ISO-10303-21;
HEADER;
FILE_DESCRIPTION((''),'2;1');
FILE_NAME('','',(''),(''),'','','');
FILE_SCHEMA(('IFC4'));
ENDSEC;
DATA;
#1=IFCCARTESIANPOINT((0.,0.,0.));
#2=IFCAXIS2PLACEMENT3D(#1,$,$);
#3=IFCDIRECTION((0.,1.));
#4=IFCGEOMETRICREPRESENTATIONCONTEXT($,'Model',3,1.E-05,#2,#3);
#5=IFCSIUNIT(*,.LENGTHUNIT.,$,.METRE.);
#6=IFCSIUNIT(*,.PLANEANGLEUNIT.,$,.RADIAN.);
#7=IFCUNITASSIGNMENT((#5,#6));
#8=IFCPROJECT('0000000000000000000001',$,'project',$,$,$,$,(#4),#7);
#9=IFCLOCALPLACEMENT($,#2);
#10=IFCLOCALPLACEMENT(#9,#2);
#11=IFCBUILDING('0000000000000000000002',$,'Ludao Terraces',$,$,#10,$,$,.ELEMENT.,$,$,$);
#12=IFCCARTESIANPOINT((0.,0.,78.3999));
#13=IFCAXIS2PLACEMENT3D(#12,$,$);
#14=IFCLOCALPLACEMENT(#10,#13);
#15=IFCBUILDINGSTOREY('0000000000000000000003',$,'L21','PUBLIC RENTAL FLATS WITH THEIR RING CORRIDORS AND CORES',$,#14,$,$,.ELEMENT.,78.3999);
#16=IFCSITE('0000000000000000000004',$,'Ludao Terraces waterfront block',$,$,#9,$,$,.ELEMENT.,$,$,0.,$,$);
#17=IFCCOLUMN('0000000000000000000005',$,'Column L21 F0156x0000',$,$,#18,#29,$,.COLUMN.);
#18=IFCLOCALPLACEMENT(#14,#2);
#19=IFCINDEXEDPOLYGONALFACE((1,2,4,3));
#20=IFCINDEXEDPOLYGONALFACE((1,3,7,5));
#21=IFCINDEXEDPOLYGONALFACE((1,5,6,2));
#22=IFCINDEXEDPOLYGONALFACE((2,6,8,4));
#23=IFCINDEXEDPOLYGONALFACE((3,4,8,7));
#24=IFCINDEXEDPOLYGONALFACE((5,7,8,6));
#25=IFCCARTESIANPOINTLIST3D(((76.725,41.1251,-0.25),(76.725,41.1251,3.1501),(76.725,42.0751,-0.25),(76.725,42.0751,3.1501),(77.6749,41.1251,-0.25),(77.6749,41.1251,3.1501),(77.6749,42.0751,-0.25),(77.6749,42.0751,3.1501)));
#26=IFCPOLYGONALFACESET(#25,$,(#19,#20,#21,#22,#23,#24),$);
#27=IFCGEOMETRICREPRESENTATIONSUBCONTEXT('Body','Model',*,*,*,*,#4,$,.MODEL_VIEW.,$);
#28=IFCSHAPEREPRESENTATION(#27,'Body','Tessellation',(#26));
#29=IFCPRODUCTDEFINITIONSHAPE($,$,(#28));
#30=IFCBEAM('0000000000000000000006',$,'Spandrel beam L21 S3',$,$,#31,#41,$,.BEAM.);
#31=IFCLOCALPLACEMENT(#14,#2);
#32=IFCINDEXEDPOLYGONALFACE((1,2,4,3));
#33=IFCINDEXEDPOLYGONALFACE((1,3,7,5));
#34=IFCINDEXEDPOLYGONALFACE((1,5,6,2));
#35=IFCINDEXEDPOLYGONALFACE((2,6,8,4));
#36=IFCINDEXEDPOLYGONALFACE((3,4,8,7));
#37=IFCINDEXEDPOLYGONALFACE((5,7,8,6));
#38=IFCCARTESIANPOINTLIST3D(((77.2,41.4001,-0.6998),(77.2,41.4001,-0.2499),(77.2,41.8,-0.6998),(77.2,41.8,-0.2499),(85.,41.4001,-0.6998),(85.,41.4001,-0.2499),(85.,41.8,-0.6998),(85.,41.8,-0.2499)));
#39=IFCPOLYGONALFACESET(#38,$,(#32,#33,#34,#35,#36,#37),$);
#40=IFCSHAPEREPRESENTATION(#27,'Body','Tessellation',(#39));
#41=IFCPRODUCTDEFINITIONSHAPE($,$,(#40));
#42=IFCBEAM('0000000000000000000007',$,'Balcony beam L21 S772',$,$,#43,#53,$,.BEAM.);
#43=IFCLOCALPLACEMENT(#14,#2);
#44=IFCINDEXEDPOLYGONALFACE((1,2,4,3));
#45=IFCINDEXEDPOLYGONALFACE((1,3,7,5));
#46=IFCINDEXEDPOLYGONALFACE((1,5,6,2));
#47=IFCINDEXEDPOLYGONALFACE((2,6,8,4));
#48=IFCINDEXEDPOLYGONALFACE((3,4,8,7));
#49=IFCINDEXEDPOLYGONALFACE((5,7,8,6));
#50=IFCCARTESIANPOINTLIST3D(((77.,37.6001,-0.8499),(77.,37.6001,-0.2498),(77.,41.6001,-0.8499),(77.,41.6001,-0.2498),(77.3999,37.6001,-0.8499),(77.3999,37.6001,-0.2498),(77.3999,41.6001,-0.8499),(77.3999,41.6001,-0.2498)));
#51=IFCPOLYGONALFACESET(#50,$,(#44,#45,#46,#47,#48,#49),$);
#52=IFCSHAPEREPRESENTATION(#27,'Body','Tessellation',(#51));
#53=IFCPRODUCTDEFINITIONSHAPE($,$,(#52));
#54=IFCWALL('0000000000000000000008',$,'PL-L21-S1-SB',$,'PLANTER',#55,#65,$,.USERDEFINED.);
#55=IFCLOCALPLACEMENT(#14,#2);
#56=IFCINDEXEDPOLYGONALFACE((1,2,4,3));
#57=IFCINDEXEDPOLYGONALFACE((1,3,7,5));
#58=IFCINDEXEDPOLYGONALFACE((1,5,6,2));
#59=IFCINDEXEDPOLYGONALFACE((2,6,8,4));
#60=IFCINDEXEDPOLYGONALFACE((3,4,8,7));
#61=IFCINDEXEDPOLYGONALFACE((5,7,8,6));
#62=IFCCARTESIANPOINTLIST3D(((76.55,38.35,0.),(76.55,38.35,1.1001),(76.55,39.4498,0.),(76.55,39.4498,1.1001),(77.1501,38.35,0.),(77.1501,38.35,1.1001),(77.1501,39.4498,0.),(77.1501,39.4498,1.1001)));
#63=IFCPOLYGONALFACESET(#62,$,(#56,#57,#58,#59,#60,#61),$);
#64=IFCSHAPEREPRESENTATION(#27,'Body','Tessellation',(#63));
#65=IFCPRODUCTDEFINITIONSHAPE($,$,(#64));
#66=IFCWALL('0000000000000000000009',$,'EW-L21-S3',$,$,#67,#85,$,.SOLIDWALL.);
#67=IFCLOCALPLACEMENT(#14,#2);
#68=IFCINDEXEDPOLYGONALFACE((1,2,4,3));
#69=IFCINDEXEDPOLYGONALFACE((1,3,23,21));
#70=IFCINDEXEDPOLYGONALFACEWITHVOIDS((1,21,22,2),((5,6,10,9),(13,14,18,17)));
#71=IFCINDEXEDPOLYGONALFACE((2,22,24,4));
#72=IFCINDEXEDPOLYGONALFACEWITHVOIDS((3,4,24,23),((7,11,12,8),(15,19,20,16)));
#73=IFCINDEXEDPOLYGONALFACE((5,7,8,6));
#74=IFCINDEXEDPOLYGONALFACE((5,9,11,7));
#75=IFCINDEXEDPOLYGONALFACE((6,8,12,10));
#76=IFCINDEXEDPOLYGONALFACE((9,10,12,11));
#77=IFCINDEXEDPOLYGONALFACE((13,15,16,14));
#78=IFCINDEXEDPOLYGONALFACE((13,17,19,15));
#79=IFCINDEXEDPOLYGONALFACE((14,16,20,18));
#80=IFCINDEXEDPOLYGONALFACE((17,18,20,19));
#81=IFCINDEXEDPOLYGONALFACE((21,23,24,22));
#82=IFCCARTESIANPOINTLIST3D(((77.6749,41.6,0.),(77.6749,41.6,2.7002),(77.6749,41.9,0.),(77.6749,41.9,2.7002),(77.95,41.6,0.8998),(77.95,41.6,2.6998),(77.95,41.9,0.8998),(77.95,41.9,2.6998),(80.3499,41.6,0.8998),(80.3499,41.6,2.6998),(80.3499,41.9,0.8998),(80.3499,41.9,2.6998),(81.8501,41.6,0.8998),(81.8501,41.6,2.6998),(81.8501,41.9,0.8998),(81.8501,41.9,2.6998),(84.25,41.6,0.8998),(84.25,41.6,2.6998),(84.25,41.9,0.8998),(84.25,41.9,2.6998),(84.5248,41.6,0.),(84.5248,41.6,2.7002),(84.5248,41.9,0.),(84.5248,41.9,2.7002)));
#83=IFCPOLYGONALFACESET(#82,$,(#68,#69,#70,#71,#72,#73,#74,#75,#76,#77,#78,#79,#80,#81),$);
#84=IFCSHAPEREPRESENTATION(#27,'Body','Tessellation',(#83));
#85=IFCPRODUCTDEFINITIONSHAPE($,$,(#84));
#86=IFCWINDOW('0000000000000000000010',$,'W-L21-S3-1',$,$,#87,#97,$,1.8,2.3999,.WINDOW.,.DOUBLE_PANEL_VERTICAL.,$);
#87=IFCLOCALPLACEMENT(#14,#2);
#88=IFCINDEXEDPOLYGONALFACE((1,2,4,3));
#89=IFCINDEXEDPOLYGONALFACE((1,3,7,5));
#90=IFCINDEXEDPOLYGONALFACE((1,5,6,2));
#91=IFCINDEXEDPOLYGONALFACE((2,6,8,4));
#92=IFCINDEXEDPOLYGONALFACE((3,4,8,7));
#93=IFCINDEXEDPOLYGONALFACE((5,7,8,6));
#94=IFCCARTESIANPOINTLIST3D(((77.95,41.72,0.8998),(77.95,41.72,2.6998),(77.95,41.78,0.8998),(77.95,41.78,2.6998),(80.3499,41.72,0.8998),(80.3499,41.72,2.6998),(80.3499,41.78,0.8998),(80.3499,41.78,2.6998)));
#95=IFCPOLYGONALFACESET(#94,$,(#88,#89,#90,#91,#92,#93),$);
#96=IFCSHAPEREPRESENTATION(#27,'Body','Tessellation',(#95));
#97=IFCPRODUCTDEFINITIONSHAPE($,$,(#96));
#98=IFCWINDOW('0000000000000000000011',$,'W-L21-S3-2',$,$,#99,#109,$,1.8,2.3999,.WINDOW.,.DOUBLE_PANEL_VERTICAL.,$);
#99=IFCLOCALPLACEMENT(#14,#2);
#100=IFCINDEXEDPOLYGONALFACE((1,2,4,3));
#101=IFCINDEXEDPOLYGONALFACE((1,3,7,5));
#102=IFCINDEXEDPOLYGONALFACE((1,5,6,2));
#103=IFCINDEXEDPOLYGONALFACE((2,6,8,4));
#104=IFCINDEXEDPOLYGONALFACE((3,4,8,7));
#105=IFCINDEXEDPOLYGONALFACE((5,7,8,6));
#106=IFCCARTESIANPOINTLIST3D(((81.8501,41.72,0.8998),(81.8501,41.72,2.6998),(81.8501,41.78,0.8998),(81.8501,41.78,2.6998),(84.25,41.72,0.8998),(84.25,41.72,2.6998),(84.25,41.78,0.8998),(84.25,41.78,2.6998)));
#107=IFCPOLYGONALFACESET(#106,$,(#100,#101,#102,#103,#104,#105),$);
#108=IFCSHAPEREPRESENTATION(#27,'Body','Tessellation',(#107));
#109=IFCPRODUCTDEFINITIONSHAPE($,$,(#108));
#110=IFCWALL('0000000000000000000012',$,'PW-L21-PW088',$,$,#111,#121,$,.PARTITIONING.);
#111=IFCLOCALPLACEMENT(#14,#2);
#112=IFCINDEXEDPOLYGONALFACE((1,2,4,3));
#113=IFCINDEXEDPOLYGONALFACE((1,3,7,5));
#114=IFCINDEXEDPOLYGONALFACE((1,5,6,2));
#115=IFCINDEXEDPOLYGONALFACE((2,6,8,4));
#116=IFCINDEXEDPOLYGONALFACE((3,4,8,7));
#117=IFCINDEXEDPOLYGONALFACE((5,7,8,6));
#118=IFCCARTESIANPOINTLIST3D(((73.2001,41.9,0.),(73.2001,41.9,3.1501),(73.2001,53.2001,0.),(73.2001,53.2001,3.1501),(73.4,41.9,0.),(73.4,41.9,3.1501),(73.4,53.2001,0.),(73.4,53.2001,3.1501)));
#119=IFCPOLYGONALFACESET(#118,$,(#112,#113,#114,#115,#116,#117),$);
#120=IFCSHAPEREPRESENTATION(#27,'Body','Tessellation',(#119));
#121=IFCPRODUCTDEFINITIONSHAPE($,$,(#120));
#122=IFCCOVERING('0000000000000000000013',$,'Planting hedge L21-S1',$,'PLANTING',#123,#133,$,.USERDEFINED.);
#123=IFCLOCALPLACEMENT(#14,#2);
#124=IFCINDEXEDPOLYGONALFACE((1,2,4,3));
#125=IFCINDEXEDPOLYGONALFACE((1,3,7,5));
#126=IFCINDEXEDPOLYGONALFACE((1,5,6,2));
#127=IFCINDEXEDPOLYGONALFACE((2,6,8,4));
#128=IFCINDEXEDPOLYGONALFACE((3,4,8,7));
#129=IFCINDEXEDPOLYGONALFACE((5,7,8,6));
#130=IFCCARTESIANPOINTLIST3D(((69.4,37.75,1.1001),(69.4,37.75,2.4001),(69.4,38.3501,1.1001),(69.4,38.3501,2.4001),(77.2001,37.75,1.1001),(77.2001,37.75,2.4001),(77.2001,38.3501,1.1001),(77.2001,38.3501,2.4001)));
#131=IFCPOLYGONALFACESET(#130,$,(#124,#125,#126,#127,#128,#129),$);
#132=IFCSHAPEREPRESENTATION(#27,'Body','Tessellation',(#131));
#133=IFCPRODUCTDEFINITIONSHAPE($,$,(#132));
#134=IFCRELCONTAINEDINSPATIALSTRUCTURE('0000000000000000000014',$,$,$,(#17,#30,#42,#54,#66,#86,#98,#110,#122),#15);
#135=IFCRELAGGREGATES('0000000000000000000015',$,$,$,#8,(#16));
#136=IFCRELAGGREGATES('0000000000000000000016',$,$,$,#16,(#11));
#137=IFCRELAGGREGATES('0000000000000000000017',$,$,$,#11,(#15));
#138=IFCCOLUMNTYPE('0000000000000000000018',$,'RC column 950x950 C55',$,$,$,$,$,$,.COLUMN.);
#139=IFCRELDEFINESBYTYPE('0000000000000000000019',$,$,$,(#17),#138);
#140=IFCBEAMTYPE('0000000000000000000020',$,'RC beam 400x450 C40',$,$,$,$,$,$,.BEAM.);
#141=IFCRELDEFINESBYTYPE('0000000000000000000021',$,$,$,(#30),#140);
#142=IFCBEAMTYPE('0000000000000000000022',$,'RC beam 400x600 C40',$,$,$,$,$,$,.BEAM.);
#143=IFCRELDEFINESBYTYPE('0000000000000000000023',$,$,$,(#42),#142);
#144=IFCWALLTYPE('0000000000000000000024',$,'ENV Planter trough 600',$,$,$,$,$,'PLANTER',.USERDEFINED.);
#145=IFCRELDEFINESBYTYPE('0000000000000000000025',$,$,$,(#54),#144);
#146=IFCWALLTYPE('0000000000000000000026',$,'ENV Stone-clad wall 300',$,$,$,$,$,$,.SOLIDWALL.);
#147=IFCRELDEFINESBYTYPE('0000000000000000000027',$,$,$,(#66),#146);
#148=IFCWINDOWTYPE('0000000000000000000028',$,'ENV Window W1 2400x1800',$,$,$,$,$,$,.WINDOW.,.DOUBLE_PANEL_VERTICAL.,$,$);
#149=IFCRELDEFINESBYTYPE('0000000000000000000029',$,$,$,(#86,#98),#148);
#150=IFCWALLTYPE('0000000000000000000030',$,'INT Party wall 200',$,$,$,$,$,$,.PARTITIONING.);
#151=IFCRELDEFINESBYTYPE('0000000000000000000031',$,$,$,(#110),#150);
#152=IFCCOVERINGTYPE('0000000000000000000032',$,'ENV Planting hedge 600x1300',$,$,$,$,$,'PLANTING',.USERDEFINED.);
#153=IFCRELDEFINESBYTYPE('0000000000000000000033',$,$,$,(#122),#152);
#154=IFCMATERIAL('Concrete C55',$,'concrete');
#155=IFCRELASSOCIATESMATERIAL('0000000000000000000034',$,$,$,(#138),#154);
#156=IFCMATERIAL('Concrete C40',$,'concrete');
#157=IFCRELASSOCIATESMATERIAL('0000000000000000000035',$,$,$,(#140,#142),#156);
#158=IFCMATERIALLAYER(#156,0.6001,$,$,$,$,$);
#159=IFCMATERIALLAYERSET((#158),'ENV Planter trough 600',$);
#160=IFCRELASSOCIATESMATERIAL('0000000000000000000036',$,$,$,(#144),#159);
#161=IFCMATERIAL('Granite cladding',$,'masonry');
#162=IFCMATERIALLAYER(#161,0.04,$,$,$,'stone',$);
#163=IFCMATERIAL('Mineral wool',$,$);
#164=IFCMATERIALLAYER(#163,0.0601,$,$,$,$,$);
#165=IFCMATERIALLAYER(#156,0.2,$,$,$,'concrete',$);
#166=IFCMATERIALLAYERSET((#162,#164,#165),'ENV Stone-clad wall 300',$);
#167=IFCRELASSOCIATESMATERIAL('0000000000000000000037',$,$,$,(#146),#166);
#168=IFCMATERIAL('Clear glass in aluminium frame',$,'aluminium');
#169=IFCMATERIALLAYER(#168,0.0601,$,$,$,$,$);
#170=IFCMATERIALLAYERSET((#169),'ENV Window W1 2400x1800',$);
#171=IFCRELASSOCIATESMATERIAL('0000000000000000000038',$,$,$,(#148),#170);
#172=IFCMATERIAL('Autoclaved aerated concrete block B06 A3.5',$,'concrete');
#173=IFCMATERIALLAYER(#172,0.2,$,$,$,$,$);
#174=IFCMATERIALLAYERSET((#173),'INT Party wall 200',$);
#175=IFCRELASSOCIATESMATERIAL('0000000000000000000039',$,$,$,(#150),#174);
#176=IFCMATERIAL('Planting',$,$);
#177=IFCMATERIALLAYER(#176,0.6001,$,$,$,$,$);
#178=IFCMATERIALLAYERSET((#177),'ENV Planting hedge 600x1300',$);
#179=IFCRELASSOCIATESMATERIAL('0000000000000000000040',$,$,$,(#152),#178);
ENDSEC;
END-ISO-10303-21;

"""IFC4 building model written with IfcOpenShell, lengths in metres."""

from ifc_helpers import new_model, si_unit, direction, frame, frame_2d, origin, origin_2d, place, context, subcontext, project, spatial, rectangle, extrude, material, layer, layer_set, material_profile, profile_set, type_object, element, fill, save


model = new_model("IFC4")

# Units and contexts
model_context = context("Model", 3, precision=1e-05, world=origin(), true_north=direction((0.0, 1.0)))
body_context = subcontext(model_context, "Body", "Model", "MODEL_VIEW")
ifc_project = project(units=[si_unit("LENGTHUNIT", "METRE"), si_unit("PLANEANGLEUNIT", "RADIAN")], contexts=[model_context])

# Site, building, storey
site_placement = place(None, origin())
site = spatial("IfcSite", under=ifc_project, at=site_placement, Name="Ludao Terraces waterfront block", CompositionType="ELEMENT", RefElevation=0.0)
building_placement = place(site_placement, origin())
building = spatial("IfcBuilding", under=site, at=building_placement, Name="Ludao Terraces", CompositionType="ELEMENT")
storey_placement = place(building_placement, frame((0.0, 0.0, 78.3999)))
storey = spatial("IfcBuildingStorey", under=building, at=storey_placement, Name="L21", Description="PUBLIC RENTAL FLATS WITH THEIR RING CORRIDORS AND CORES", CompositionType="ELEMENT", Elevation=78.3999)

# Column
ifc_material_1 = material(Name="Concrete C55", Category="concrete")
ifc_material_profile_1 = material_profile(ifc_material_1, rectangle(XDim=0.95, YDim=0.95, at=origin_2d()), Name="950 X 950")
ifc_profile_set_1 = profile_set([ifc_material_profile_1], Name="Concrete C55")
column_type = type_object("IfcColumnType", Name="RC column 950x950 C55", PredefinedType="COLUMN", material=ifc_profile_set_1)
column_placement = place(storey_placement, frame((77.2, 41.6001, -0.25), z_axis=(0.0, 0.0, 1.0), x_axis=(1.0, 0.0, 0.0)))
element("IfcColumn", 1, at=column_placement, inside=storey, type_object=column_type, Name="Column L21 F0156x0000", PredefinedType="COLUMN", context=body_context, shape_type="SweptSolid", body=[
    extrude(rectangle(XDim=0.95, YDim=0.95, at=origin_2d()), origin(), (0.0, 0.0, 1.0), 3.4001),
])

# Beams
ifc_material_2 = material(Name="Concrete C40", Category="concrete")
ifc_material_profile_2 = material_profile(ifc_material_2, rectangle(XDim=0.3999, YDim=0.45, at=origin_2d()), Name="400 X 450")
ifc_profile_set_2 = profile_set([ifc_material_profile_2], Name="Concrete C40")
beam_type_1 = type_object("IfcBeamType", Name="RC beam 400x450 C40", PredefinedType="BEAM", material=ifc_profile_set_2)
beam_1_placement = place(storey_placement, frame((77.2, 41.6001, -0.4749), z_axis=(1.0, 0.0, 0.0), x_axis=(0.0, 1.0, 0.0)))
element("IfcBeam", 2, at=beam_1_placement, inside=storey, type_object=beam_type_1, Name="Spandrel beam L21 S3", PredefinedType="BEAM", context=body_context, shape_type="SweptSolid", body=[
    extrude(rectangle(XDim=0.3999, YDim=0.45, at=origin_2d()), origin(), (0.0, 0.0, 1.0), 7.8),
])
ifc_material_profile_3 = material_profile(ifc_material_2, rectangle(XDim=0.3999, YDim=0.6001, at=origin_2d()), Name="400 X 600")
ifc_profile_set_3 = profile_set([ifc_material_profile_3], Name="Concrete C40")
beam_type_2 = type_object("IfcBeamType", Name="RC beam 400x600 C40", PredefinedType="BEAM", material=ifc_profile_set_3)
beam_2_placement = place(storey_placement, frame((77.2, 41.6001, -0.5498), z_axis=(0.0, -1.0, 0.0), x_axis=(1.0, 0.0, 0.0)))
element("IfcBeam", 3, at=beam_2_placement, inside=storey, type_object=beam_type_2, Name="Balcony beam L21 S772", PredefinedType="BEAM", context=body_context, shape_type="SweptSolid", body=[
    extrude(rectangle(XDim=0.3999, YDim=0.6001, at=origin_2d()), origin(), (0.0, 0.0, 1.0), 4.0),
])

# Wall
ifc_layer_1 = layer(ifc_material_2, 0.6001)
ifc_layer_set_1 = layer_set([ifc_layer_1], Name="ENV Planter trough 600")
wall_type_1 = type_object("IfcWallType", Name="ENV Planter trough 600", ElementType="PLANTER", PredefinedType="USERDEFINED", material=ifc_layer_set_1)
wall_1_placement = place(storey_placement, frame((76.8501, 38.3501, 0.0), z_axis=(0.0, 0.0, 1.0), x_axis=(0.0, 1.0, 0.0)))
element("IfcWall", 4, at=wall_1_placement, inside=storey, type_object=wall_type_1, Name="PL-L21-S1-SB", ObjectType="PLANTER", PredefinedType="USERDEFINED", context=body_context, shape_type="SweptSolid", body=[
    extrude(rectangle(XDim=1.0999, YDim=0.6001, at=frame_2d((0.5498, 0.0))), origin(), (0.0, 0.0, 1.0), 1.1001),
])

# Wall, openings, windows
ifc_material_3 = material(Name="Granite cladding", Category="masonry")
ifc_layer_2 = layer(ifc_material_3, 0.04, Category="stone")
ifc_material_4 = material(Name="Mineral wool")
ifc_layer_3 = layer(ifc_material_4, 0.0601)
ifc_layer_4 = layer(ifc_material_2, 0.2, Category="concrete")
ifc_layer_set_2 = layer_set([ifc_layer_2, ifc_layer_3, ifc_layer_4], Name="ENV Stone-clad wall 300")
wall_type_2 = type_object("IfcWallType", Name="ENV Stone-clad wall 300", PredefinedType="SOLIDWALL", material=ifc_layer_set_2)
wall_2_placement = place(storey_placement, frame((77.675, 41.75, 0.0), z_axis=(0.0, 0.0, 1.0), x_axis=(1.0, 0.0, 0.0)))
wall_2 = element("IfcWall", 5, at=wall_2_placement, inside=storey, type_object=wall_type_2, Name="EW-L21-S3", PredefinedType="SOLIDWALL", context=body_context, shape_type="SweptSolid", body=[
    extrude(rectangle(XDim=6.8499, YDim=0.3, at=frame_2d((3.4248, 0.0))), origin(), (0.0, 0.0, 1.0), 2.7002),
])
opening_1_placement = place(wall_2_placement, frame((0.2749, 0.0, 0.8999)))
opening_1 = element("IfcOpeningElement", 6, at=opening_1_placement, cuts=wall_2, PredefinedType="OPENING", context=body_context, shape_type="SweptSolid", body=[
    extrude(rectangle(XDim=2.3999, YDim=1.8, at=frame_2d((1.2, 0.8999))), frame((0.0, 0.1602, 0.0), z_axis=(0.0, -1.0, 0.0), x_axis=(1.0, 0.0, 0.0)), (0.0, 0.0, 1.0), 0.3201),
])
opening_2_placement = place(wall_2_placement, frame((4.175, 0.0, 0.8999)))
opening_2 = element("IfcOpeningElement", 7, at=opening_2_placement, cuts=wall_2, PredefinedType="OPENING", context=body_context, shape_type="SweptSolid", body=[
    extrude(rectangle(XDim=2.3999, YDim=1.8, at=frame_2d((1.2, 0.8999))), frame((0.0, 0.1602, 0.0), z_axis=(0.0, -1.0, 0.0), x_axis=(1.0, 0.0, 0.0)), (0.0, 0.0, 1.0), 0.3201),
])
ifc_material_5 = material(Name="Clear glass in aluminium frame", Category="aluminium")
ifc_layer_5 = layer(ifc_material_5, 0.0601)
ifc_layer_set_3 = layer_set([ifc_layer_5], Name="ENV Window W1 2400x1800")
window_type = type_object("IfcWindowType", Name="ENV Window W1 2400x1800", PartitioningType="DOUBLE_PANEL_VERTICAL", PredefinedType="WINDOW", material=ifc_layer_set_3)
window_1_placement = place(opening_1_placement, origin())
window_1 = element("IfcWindow", 8, at=window_1_placement, inside=storey, type_object=window_type, Name="W-L21-S3-1", OverallHeight=1.8, OverallWidth=2.3999, PartitioningType="DOUBLE_PANEL_VERTICAL", PredefinedType="WINDOW", context=body_context, shape_type="SweptSolid", body=[
    extrude(rectangle(XDim=2.3999, YDim=1.8, at=frame_2d((1.2, 0.8999))), frame((0.0, 0.03, 0.0), z_axis=(0.0, -1.0, 0.0), x_axis=(1.0, 0.0, 0.0)), (0.0, 0.0, 1.0), 0.0601),
])
fill(opening_1, window_1)
window_2_placement = place(opening_2_placement, origin())
window_2 = element("IfcWindow", 9, at=window_2_placement, inside=storey, type_object=window_type, Name="W-L21-S3-2", OverallHeight=1.8, OverallWidth=2.3999, PartitioningType="DOUBLE_PANEL_VERTICAL", PredefinedType="WINDOW", context=body_context, shape_type="SweptSolid", body=[
    extrude(rectangle(XDim=2.3999, YDim=1.8, at=frame_2d((1.2, 0.8999))), frame((0.0, 0.03, 0.0), z_axis=(0.0, -1.0, 0.0), x_axis=(1.0, 0.0, 0.0)), (0.0, 0.0, 1.0), 0.0601),
])
fill(opening_2, window_2)

# Wall
ifc_material_6 = material(Name="Autoclaved aerated concrete block B06 A3.5", Category="concrete")
ifc_layer_6 = layer(ifc_material_6, 0.2)
ifc_layer_set_4 = layer_set([ifc_layer_6], Name="INT Party wall 200")
wall_type_3 = type_object("IfcWallType", Name="INT Party wall 200", PredefinedType="PARTITIONING", material=ifc_layer_set_4)
wall_3_placement = place(storey_placement, frame((73.3, 41.9001, 0.0), z_axis=(0.0, 0.0, 1.0), x_axis=(0.0, 1.0, 0.0)))
element("IfcWall", 10, at=wall_3_placement, inside=storey, type_object=wall_type_3, Name="PW-L21-PW088", PredefinedType="PARTITIONING", context=body_context, shape_type="SweptSolid", body=[
    extrude(rectangle(XDim=11.3, YDim=0.2, at=frame_2d((5.6499, 0.0))), origin(), (0.0, 0.0, 1.0), 3.1501),
])

# Covering
ifc_material_7 = material(Name="Planting")
ifc_layer_7 = layer(ifc_material_7, 0.6001)
ifc_layer_set_5 = layer_set([ifc_layer_7], Name="ENV Planting hedge 600x1300")
covering_type = type_object("IfcCoveringType", Name="ENV Planting hedge 600x1300", ElementType="PLANTING", PredefinedType="USERDEFINED", material=ifc_layer_set_5)
covering_placement = place(storey_placement, frame((73.3, 38.05, 1.1001), z_axis=(0.0, 0.0, 1.0), x_axis=(1.0, 0.0, 0.0)))
element("IfcCovering", 11, at=covering_placement, inside=storey, type_object=covering_type, Name="Planting hedge L21-S1", ObjectType="PLANTING", PredefinedType="USERDEFINED", context=body_context, shape_type="SweptSolid", body=[
    extrude(rectangle(XDim=7.8, YDim=0.6001, at=origin_2d()), origin(), (0.0, 0.0, 1.0), 1.3),
])

save(model, "model.ifc")
